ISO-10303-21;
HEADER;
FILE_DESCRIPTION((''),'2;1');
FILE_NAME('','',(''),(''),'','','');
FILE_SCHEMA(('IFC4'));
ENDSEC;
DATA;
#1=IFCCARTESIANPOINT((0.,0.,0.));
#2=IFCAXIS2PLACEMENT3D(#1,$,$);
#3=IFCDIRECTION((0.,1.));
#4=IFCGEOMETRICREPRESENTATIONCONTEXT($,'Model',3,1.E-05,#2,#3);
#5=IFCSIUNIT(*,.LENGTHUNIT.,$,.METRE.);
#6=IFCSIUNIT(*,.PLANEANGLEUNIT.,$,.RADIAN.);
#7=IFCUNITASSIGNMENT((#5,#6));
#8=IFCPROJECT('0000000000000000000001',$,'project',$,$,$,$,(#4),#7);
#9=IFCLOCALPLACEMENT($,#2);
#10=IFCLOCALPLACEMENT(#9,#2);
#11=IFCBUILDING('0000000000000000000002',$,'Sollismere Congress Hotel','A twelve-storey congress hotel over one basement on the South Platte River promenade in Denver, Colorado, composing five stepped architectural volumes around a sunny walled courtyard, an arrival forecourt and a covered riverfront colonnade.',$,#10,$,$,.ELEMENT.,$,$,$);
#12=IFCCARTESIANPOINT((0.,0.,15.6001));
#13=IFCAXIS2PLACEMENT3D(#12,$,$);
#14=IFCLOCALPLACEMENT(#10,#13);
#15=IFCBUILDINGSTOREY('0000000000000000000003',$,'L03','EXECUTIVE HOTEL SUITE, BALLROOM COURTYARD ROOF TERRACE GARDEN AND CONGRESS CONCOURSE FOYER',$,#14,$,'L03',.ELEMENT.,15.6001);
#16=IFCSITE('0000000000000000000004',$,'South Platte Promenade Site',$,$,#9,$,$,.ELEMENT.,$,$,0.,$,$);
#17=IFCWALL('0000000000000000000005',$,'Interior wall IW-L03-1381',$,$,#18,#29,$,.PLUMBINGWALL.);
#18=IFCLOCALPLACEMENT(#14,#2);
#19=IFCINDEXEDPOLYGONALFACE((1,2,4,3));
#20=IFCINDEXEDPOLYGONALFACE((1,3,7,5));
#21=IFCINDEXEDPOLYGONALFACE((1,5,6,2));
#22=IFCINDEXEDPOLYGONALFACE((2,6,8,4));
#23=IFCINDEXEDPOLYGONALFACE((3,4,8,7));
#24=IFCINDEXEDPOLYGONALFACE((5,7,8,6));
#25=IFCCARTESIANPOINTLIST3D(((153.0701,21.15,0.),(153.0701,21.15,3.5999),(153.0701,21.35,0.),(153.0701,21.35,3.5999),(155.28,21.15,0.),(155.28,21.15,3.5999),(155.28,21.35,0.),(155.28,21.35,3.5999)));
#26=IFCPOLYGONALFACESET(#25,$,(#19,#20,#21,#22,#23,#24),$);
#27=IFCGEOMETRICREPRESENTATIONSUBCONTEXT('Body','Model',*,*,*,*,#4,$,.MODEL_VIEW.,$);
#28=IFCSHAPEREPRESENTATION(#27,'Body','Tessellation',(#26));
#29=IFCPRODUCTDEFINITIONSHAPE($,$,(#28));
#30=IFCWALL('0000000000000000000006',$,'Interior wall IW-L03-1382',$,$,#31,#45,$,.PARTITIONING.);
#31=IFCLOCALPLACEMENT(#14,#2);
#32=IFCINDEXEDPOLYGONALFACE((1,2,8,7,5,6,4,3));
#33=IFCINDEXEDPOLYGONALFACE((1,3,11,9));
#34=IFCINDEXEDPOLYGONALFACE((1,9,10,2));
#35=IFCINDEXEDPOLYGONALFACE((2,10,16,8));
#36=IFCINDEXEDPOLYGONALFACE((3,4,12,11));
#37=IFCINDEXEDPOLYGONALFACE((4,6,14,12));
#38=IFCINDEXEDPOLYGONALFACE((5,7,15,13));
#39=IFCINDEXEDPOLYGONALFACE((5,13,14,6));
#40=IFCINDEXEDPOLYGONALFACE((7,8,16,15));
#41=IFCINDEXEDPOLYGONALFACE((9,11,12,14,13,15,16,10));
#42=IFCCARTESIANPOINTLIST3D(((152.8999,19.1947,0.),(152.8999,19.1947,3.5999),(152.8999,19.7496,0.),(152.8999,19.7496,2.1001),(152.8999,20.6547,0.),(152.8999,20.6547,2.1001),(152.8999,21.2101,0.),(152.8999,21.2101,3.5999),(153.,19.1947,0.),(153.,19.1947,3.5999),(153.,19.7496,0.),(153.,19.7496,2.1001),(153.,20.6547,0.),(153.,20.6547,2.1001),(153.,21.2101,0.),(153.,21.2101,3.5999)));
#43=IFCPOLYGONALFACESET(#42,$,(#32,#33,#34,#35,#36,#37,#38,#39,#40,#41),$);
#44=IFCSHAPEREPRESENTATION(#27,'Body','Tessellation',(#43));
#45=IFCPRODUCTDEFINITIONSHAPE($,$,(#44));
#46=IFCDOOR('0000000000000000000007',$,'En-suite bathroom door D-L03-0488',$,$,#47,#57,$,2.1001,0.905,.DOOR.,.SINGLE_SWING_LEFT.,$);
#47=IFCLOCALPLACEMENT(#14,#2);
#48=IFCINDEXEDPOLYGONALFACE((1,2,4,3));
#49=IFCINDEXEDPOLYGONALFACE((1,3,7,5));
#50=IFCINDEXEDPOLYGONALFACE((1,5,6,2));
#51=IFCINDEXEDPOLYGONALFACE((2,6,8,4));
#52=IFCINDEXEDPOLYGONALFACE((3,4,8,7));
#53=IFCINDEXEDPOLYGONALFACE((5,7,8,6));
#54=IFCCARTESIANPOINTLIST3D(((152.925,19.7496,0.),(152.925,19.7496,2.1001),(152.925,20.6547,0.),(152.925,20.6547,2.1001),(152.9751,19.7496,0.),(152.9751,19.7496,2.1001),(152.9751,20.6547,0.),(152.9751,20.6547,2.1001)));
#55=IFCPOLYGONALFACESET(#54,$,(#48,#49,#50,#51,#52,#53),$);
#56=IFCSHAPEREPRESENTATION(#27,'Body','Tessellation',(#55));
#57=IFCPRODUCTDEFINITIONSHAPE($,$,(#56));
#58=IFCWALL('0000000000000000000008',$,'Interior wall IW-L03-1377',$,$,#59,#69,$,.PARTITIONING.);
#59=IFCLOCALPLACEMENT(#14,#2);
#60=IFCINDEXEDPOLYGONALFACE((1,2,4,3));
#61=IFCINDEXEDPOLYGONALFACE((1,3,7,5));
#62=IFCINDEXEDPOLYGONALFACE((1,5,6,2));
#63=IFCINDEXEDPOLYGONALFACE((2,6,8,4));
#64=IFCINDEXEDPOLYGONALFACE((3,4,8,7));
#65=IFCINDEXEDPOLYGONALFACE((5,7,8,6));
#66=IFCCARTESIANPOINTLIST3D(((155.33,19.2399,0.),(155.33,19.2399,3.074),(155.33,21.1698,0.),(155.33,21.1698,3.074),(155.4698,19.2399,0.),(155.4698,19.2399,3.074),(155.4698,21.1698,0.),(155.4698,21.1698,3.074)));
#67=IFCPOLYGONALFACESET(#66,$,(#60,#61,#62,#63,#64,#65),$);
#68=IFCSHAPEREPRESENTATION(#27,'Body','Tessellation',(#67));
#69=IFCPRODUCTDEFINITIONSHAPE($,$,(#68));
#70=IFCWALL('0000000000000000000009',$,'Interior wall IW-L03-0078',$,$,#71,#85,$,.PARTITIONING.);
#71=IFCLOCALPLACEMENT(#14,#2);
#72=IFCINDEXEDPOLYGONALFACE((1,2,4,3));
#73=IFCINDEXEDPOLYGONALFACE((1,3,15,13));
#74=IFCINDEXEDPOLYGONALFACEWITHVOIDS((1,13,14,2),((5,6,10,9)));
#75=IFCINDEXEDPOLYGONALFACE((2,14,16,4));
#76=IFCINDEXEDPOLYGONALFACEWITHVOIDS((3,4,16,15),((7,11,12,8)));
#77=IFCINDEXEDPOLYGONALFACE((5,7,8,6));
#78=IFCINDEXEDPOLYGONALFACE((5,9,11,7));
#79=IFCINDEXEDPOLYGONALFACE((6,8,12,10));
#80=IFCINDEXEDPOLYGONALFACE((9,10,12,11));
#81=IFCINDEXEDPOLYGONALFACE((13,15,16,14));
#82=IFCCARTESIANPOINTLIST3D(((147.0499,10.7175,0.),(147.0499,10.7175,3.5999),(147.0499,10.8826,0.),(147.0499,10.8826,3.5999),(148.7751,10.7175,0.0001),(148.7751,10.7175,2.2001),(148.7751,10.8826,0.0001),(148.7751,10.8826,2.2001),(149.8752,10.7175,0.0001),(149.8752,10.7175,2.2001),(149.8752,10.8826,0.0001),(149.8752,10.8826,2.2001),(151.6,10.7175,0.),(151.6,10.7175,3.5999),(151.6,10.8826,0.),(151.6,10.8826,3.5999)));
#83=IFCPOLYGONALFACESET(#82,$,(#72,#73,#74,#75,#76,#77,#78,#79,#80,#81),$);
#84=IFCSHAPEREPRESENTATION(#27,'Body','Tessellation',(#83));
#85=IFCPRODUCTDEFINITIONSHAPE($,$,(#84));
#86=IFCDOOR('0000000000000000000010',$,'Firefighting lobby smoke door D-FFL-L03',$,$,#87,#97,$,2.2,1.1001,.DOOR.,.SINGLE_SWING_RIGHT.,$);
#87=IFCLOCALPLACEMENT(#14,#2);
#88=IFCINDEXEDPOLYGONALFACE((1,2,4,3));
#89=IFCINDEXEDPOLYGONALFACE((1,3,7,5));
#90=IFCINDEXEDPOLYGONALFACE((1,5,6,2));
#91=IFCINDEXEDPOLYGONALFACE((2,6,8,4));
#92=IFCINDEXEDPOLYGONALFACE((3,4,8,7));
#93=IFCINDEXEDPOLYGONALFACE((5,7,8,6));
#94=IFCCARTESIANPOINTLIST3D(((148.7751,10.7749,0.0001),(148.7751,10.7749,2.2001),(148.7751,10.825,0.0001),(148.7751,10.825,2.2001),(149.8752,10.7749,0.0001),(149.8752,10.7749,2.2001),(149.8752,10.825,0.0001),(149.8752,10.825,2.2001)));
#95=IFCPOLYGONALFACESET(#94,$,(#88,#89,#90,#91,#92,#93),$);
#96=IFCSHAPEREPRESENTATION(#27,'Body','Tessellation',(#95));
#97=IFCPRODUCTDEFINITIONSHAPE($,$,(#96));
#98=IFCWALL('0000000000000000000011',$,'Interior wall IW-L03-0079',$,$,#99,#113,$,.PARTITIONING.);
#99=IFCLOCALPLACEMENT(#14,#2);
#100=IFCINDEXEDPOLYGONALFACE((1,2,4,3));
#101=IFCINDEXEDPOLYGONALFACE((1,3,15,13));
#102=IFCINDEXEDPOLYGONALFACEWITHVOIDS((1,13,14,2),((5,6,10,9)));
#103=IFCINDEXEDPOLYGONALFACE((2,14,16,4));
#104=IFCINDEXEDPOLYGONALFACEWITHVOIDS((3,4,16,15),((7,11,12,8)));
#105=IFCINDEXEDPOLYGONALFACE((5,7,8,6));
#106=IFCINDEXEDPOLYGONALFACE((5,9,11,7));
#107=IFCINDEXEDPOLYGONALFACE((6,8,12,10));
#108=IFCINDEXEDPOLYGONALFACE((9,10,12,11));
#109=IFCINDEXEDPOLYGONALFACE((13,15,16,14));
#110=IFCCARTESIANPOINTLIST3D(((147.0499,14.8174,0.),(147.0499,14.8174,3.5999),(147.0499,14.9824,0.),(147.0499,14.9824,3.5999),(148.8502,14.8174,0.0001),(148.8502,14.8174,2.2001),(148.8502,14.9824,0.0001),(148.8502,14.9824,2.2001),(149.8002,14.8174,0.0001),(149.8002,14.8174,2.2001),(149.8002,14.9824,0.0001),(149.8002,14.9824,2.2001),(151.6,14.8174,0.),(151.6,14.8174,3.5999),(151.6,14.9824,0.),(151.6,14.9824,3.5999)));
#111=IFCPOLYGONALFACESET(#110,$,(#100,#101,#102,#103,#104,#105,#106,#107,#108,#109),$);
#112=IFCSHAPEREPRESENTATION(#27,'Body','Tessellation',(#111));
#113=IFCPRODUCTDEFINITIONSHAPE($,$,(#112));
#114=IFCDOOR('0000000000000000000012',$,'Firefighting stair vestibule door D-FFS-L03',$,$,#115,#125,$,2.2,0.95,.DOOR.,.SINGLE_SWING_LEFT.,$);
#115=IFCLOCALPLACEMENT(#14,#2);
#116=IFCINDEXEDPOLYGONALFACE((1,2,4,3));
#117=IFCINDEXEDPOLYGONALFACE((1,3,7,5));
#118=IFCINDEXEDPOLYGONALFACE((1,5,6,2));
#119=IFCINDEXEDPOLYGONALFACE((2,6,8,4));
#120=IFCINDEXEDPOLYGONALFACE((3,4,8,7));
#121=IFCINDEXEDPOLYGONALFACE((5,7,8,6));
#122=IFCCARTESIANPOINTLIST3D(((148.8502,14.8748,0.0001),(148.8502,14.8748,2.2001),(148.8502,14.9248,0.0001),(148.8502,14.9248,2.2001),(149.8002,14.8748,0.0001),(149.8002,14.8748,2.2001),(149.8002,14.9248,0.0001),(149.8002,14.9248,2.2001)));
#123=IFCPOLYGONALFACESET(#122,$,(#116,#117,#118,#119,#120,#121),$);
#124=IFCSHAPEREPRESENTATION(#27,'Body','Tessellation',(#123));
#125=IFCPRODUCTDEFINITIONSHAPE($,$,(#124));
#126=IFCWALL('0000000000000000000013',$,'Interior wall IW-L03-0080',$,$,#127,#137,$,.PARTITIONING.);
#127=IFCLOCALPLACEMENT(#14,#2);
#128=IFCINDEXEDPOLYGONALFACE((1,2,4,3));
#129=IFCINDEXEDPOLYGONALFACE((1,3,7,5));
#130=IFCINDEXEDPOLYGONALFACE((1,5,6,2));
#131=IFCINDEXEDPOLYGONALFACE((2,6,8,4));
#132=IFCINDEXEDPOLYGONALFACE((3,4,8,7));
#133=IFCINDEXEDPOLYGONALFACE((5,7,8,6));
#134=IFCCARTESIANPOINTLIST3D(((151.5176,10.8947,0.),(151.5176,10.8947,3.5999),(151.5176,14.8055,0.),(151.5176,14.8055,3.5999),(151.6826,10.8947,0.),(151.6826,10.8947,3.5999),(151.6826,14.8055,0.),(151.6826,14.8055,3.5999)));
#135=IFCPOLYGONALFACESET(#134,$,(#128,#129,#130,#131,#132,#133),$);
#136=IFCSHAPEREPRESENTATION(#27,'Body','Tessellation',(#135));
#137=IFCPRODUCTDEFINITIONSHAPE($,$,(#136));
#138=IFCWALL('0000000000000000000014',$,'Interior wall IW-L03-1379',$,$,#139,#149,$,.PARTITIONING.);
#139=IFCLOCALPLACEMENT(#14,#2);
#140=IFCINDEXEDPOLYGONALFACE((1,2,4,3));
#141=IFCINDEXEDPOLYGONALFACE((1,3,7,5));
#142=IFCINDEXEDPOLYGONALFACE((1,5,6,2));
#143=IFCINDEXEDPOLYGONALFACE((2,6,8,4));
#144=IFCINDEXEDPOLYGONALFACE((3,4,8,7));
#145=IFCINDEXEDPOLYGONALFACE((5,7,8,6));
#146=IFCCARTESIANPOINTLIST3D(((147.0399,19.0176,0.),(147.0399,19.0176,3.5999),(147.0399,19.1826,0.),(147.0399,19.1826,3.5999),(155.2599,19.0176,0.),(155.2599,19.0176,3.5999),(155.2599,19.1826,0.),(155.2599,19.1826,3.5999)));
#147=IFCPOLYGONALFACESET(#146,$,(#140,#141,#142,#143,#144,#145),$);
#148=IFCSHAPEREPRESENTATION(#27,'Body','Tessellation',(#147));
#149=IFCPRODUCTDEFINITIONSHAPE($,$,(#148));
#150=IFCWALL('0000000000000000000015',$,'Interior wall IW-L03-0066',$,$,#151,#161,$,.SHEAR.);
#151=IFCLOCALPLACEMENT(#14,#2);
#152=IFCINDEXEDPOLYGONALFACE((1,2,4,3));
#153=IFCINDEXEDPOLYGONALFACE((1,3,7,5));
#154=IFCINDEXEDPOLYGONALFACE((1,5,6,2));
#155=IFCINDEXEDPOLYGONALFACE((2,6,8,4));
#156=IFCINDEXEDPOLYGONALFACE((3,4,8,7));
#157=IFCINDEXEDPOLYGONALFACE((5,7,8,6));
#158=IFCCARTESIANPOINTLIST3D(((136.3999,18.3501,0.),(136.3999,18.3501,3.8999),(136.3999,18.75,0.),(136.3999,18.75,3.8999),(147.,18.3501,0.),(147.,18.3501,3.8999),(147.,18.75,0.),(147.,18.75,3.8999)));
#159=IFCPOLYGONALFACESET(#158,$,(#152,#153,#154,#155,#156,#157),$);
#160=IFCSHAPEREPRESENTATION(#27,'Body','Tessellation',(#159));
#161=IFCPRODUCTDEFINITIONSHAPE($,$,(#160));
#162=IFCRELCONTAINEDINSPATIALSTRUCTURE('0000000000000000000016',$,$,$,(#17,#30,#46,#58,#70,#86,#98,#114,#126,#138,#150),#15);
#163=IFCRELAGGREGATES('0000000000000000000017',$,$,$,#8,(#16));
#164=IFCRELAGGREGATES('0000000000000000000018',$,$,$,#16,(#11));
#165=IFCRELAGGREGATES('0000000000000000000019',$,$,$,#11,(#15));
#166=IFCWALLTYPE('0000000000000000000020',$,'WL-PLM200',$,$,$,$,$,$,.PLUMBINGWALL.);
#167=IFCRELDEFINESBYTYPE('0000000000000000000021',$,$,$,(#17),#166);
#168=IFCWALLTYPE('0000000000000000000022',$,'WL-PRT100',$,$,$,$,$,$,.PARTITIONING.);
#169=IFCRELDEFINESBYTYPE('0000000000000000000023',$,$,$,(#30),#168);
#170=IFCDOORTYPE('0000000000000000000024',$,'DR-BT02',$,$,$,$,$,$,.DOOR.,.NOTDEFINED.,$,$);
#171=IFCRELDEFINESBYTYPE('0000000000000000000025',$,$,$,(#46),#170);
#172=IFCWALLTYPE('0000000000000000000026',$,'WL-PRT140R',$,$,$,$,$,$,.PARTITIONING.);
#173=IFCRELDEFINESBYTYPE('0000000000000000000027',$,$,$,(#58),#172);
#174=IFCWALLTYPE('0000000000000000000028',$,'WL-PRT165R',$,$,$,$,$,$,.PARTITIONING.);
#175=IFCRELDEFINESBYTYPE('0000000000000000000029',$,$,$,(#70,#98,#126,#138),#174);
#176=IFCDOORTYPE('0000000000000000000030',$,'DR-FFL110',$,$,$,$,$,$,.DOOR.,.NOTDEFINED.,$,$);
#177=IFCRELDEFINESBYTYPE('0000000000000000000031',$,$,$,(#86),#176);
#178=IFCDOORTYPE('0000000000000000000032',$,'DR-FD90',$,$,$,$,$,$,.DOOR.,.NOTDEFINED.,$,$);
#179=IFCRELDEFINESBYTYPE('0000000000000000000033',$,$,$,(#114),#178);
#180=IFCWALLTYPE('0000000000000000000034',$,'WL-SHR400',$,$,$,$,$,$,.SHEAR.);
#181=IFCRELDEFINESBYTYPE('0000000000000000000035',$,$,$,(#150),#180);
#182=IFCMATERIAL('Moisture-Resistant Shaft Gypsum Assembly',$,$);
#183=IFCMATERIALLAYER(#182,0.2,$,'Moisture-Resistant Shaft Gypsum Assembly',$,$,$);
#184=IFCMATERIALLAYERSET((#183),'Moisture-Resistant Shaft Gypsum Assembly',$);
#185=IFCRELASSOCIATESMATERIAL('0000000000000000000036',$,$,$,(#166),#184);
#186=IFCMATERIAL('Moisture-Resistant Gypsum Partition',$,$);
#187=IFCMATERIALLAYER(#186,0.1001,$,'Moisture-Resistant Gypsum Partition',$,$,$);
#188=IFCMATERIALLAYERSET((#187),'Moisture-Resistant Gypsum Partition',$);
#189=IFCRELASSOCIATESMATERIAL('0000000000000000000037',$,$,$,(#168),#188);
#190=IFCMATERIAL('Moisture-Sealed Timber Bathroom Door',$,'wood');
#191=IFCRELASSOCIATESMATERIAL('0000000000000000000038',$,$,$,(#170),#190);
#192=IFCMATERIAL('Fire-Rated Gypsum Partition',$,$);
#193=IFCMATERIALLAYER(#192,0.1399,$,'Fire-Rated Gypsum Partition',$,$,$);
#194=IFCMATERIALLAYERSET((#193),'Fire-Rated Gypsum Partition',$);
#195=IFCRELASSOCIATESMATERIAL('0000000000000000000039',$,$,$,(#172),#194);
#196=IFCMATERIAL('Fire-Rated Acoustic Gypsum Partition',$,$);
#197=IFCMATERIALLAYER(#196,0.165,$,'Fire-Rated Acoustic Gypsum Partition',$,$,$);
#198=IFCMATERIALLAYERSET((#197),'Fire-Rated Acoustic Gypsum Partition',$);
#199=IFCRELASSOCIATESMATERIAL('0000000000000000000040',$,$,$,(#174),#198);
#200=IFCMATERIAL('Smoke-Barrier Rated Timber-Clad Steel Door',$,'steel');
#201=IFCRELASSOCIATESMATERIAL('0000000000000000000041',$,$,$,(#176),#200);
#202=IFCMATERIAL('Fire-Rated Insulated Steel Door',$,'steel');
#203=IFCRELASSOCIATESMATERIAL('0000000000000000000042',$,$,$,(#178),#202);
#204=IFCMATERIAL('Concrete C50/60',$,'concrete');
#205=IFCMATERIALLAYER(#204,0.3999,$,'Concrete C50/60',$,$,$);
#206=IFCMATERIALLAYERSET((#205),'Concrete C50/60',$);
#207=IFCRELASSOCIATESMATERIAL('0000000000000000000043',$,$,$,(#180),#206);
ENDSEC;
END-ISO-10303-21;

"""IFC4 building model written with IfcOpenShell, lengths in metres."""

from ifc_helpers import new_model, si_unit, direction, frame, frame_2d, origin, place, context, subcontext, project, spatial, rectangle, extrude, material, layer, layer_set, type_object, element, fill, save


model = new_model("IFC4")

# Units and contexts
model_context = context("Model", 3, precision=1e-05, world=origin(), true_north=direction((0.0, 1.0)))
body_context = subcontext(model_context, "Body", "Model", "MODEL_VIEW")
ifc_project = project(units=[si_unit("LENGTHUNIT", "METRE"), si_unit("PLANEANGLEUNIT", "RADIAN")], contexts=[model_context])

# Site, building, storey
site_placement = place(None, origin())
site = spatial("IfcSite", under=ifc_project, at=site_placement, Name="South Platte Promenade Site", CompositionType="ELEMENT", RefElevation=0.0)
building_placement = place(site_placement, origin())
building = spatial("IfcBuilding", under=site, at=building_placement, Name="Sollismere Congress Hotel", Description="A twelve-storey congress hotel over one basement on the South Platte River promenade in Denver, Colorado, composing five stepped architectural volumes around a sunny walled courtyard, an arrival forecourt and a covered riverfront colonnade.", CompositionType="ELEMENT")
storey_placement = place(building_placement, frame((0.0, 0.0, 15.6001)))
storey = spatial("IfcBuildingStorey", under=building, at=storey_placement, Name="L03", Description="EXECUTIVE HOTEL SUITE, BALLROOM COURTYARD ROOF TERRACE GARDEN AND CONGRESS CONCOURSE FOYER", LongName="L03", CompositionType="ELEMENT", Elevation=15.6001)

# Wall
ifc_material_1 = material(Name="Moisture-Resistant Shaft Gypsum Assembly")
ifc_layer_1 = layer(ifc_material_1, 0.2, Name="Moisture-Resistant Shaft Gypsum Assembly")
ifc_layer_set_1 = layer_set([ifc_layer_1], Name="Moisture-Resistant Shaft Gypsum Assembly")
wall_type_1 = type_object("IfcWallType", Name="WL-PLM200", PredefinedType="PLUMBINGWALL", material=ifc_layer_set_1)
wall_1_placement = place(storey_placement, frame((153.0701, 21.25, 0.0), z_axis=(0.0, 0.0, 1.0), x_axis=(1.0, 0.0, 0.0)))
element("IfcWall", 1, at=wall_1_placement, inside=storey, type_object=wall_type_1, Name="Interior wall IW-L03-1381", PredefinedType="PLUMBINGWALL", context=body_context, shape_type="SweptSolid", body=[
    extrude(rectangle(XDim=2.21, YDim=0.2, at=frame_2d((1.105, 0.0))), origin(), (0.0, 0.0, 1.0), 3.5999),
])

# Wall, opening, door
ifc_material_2 = material(Name="Moisture-Resistant Gypsum Partition")
ifc_layer_2 = layer(ifc_material_2, 0.1001, Name="Moisture-Resistant Gypsum Partition")
ifc_layer_set_2 = layer_set([ifc_layer_2], Name="Moisture-Resistant Gypsum Partition")
wall_type_2 = type_object("IfcWallType", Name="WL-PRT100", PredefinedType="PARTITIONING", material=ifc_layer_set_2)
wall_2_placement = place(storey_placement, frame((152.95, 19.1946, 0.0), z_axis=(0.0, 0.0, 1.0), x_axis=(0.0, 1.0, 0.0)))
wall_2 = element("IfcWall", 2, at=wall_2_placement, inside=storey, type_object=wall_type_2, Name="Interior wall IW-L03-1382", PredefinedType="PARTITIONING", context=body_context, shape_type="SweptSolid", body=[
    extrude(rectangle(XDim=2.0154, YDim=0.1001, at=frame_2d((1.0078, 0.0))), origin(), (0.0, 0.0, 1.0), 3.5999),
])
opening_1_placement = place(wall_2_placement, frame((0.5549, 0.0, 0.0)))
opening_1 = element("IfcOpeningElement", 3, at=opening_1_placement, cuts=wall_2, PredefinedType="OPENING", context=body_context, shape_type="SweptSolid", body=[
    extrude(rectangle(XDim=0.905, YDim=2.1001, at=frame_2d((0.4526, 1.05))), frame((0.0, 0.0601, 0.0), z_axis=(0.0, -1.0, 0.0), x_axis=(1.0, 0.0, 0.0)), (0.0, 0.0, 1.0), 0.1201),
])
ifc_material_3 = material(Name="Moisture-Sealed Timber Bathroom Door", Category="wood")
door_type_1 = type_object("IfcDoorType", Name="DR-BT02", OperationType="NOTDEFINED", PredefinedType="DOOR", material=ifc_material_3)
door_1_placement = place(opening_1_placement, origin())
door_1 = element("IfcDoor", 4, at=door_1_placement, inside=storey, type_object=door_type_1, Name="En-suite bathroom door D-L03-0488", OperationType="SINGLE_SWING_LEFT", OverallHeight=2.1001, OverallWidth=0.905, PredefinedType="DOOR", context=body_context, shape_type="SweptSolid", body=[
    extrude(rectangle(XDim=0.905, YDim=2.1001, at=frame_2d((0.4526, 1.05))), frame((0.0, 0.0249, 0.0), z_axis=(0.0, -1.0, 0.0), x_axis=(1.0, 0.0, 0.0)), (0.0, 0.0, 1.0), 0.05),
])
fill(opening_1, door_1)

# Wall
ifc_material_4 = material(Name="Fire-Rated Gypsum Partition")
ifc_layer_3 = layer(ifc_material_4, 0.1399, Name="Fire-Rated Gypsum Partition")
ifc_layer_set_3 = layer_set([ifc_layer_3], Name="Fire-Rated Gypsum Partition")
wall_type_3 = type_object("IfcWallType", Name="WL-PRT140R", PredefinedType="PARTITIONING", material=ifc_layer_set_3)
wall_3_placement = place(storey_placement, frame((155.3999, 19.24, 0.0), z_axis=(0.0, 0.0, 1.0), x_axis=(0.0, 1.0, 0.0)))
element("IfcWall", 5, at=wall_3_placement, inside=storey, type_object=wall_type_3, Name="Interior wall IW-L03-1377", PredefinedType="PARTITIONING", context=body_context, shape_type="SweptSolid", body=[
    extrude(rectangle(XDim=1.9299, YDim=0.1399, at=frame_2d((0.9648, 0.0))), origin(), (0.0, 0.0, 1.0), 3.074),
])

# Walls, openings, doors
ifc_material_5 = material(Name="Fire-Rated Acoustic Gypsum Partition")
ifc_layer_4 = layer(ifc_material_5, 0.165, Name="Fire-Rated Acoustic Gypsum Partition")
ifc_layer_set_4 = layer_set([ifc_layer_4], Name="Fire-Rated Acoustic Gypsum Partition")
wall_type_4 = type_object("IfcWallType", Name="WL-PRT165R", PredefinedType="PARTITIONING", material=ifc_layer_set_4)
wall_4_placement = place(storey_placement, frame((147.05, 10.8, 0.0), z_axis=(0.0, 0.0, 1.0), x_axis=(1.0, 0.0, 0.0)))
wall_4 = element("IfcWall", 6, at=wall_4_placement, inside=storey, type_object=wall_type_4, Name="Interior wall IW-L03-0078", PredefinedType="PARTITIONING", context=body_context, shape_type="SweptSolid", body=[
    extrude(rectangle(XDim=4.55, YDim=0.165, at=frame_2d((2.2749, 0.0))), origin(), (0.0, 0.0, 1.0), 3.5999),
])
opening_2_placement = place(wall_4_placement, frame((1.7251, 0.0, 0.0)))
opening_2 = element("IfcOpeningElement", 7, at=opening_2_placement, cuts=wall_4, PredefinedType="OPENING", context=body_context, shape_type="SweptSolid", body=[
    extrude(rectangle(XDim=1.1001, YDim=2.2, at=frame_2d((0.55, 1.1001))), frame((0.0, 0.0925, 0.0), z_axis=(0.0, -1.0, 0.0), x_axis=(1.0, 0.0, 0.0)), (0.0, 0.0, 1.0), 0.1851),
])
ifc_material_6 = material(Name="Smoke-Barrier Rated Timber-Clad Steel Door", Category="steel")
door_type_2 = type_object("IfcDoorType", Name="DR-FFL110", OperationType="NOTDEFINED", PredefinedType="DOOR", material=ifc_material_6)
door_2_placement = place(opening_2_placement, origin())
door_2 = element("IfcDoor", 8, at=door_2_placement, inside=storey, type_object=door_type_2, Name="Firefighting lobby smoke door D-FFL-L03", OperationType="SINGLE_SWING_RIGHT", OverallHeight=2.2, OverallWidth=1.1001, PredefinedType="DOOR", context=body_context, shape_type="SweptSolid", body=[
    extrude(rectangle(XDim=1.1001, YDim=2.2, at=frame_2d((0.55, 1.1001))), frame((0.0, 0.0249, 0.0), z_axis=(0.0, -1.0, 0.0), x_axis=(1.0, 0.0, 0.0)), (0.0, 0.0, 1.0), 0.05),
])
fill(opening_2, door_2)
wall_5_placement = place(storey_placement, frame((147.05, 14.8999, 0.0), z_axis=(0.0, 0.0, 1.0), x_axis=(1.0, 0.0, 0.0)))
wall_5 = element("IfcWall", 9, at=wall_5_placement, inside=storey, type_object=wall_type_4, Name="Interior wall IW-L03-0079", PredefinedType="PARTITIONING", context=body_context, shape_type="SweptSolid", body=[
    extrude(rectangle(XDim=4.55, YDim=0.165, at=frame_2d((2.2749, 0.0))), origin(), (0.0, 0.0, 1.0), 3.5999),
])
opening_3_placement = place(wall_5_placement, frame((1.8, 0.0, 0.0)))
opening_3 = element("IfcOpeningElement", 10, at=opening_3_placement, cuts=wall_5, PredefinedType="OPENING", context=body_context, shape_type="SweptSolid", body=[
    extrude(rectangle(XDim=0.95, YDim=2.2, at=frame_2d((0.4751, 1.1001))), frame((0.0, 0.0925, 0.0), z_axis=(0.0, -1.0, 0.0), x_axis=(1.0, 0.0, 0.0)), (0.0, 0.0, 1.0), 0.1851),
])
ifc_material_7 = material(Name="Fire-Rated Insulated Steel Door", Category="steel")
door_type_3 = type_object("IfcDoorType", Name="DR-FD90", OperationType="NOTDEFINED", PredefinedType="DOOR", material=ifc_material_7)
door_3_placement = place(opening_3_placement, origin())
door_3 = element("IfcDoor", 11, at=door_3_placement, inside=storey, type_object=door_type_3, Name="Firefighting stair vestibule door D-FFS-L03", OperationType="SINGLE_SWING_LEFT", OverallHeight=2.2, OverallWidth=0.95, PredefinedType="DOOR", context=body_context, shape_type="SweptSolid", body=[
    extrude(rectangle(XDim=0.95, YDim=2.2, at=frame_2d((0.4751, 1.1001))), frame((0.0, 0.0249, 0.0), z_axis=(0.0, -1.0, 0.0), x_axis=(1.0, 0.0, 0.0)), (0.0, 0.0, 1.0), 0.05),
])
fill(opening_3, door_3)

# Walls
wall_6_placement = place(storey_placement, frame((151.6001, 10.8945, 0.0), z_axis=(0.0, 0.0, 1.0), x_axis=(0.0, 1.0, 0.0)))
element("IfcWall", 12, at=wall_6_placement, inside=storey, type_object=wall_type_4, Name="Interior wall IW-L03-0080", PredefinedType="PARTITIONING", context=body_context, shape_type="SweptSolid", body=[
    extrude(rectangle(XDim=3.9109, YDim=0.165, at=frame_2d((1.9556, 0.0))), origin(), (0.0, 0.0, 1.0), 3.5999),
])
wall_7_placement = place(storey_placement, frame((147.04, 19.1001, 0.0), z_axis=(0.0, 0.0, 1.0), x_axis=(1.0, 0.0, 0.0)))
element("IfcWall", 13, at=wall_7_placement, inside=storey, type_object=wall_type_4, Name="Interior wall IW-L03-1379", PredefinedType="PARTITIONING", context=body_context, shape_type="SweptSolid", body=[
    extrude(rectangle(XDim=8.22, YDim=0.165, at=frame_2d((4.1099, 0.0))), origin(), (0.0, 0.0, 1.0), 3.5999),
])
ifc_material_8 = material(Name="Concrete C50/60", Category="concrete")
ifc_layer_5 = layer(ifc_material_8, 0.3999, Name="Concrete C50/60")
ifc_layer_set_5 = layer_set([ifc_layer_5], Name="Concrete C50/60")
wall_type_5 = type_object("IfcWallType", Name="WL-SHR400", PredefinedType="SHEAR", material=ifc_layer_set_5)
wall_8_placement = place(storey_placement, frame((147.0, 18.55, 0.0), z_axis=(0.0, 0.0, 1.0), x_axis=(-1.0, 0.0, 0.0)))
element("IfcWall", 14, at=wall_8_placement, inside=storey, type_object=wall_type_5, Name="Interior wall IW-L03-0066", PredefinedType="SHEAR", context=body_context, shape_type="SweptSolid", body=[
    extrude(rectangle(XDim=10.6001, YDim=0.3999, at=frame_2d((5.3, 0.0))), origin(), (0.0, 0.0, 1.0), 3.8999),
])

save(model, "model.ifc")
